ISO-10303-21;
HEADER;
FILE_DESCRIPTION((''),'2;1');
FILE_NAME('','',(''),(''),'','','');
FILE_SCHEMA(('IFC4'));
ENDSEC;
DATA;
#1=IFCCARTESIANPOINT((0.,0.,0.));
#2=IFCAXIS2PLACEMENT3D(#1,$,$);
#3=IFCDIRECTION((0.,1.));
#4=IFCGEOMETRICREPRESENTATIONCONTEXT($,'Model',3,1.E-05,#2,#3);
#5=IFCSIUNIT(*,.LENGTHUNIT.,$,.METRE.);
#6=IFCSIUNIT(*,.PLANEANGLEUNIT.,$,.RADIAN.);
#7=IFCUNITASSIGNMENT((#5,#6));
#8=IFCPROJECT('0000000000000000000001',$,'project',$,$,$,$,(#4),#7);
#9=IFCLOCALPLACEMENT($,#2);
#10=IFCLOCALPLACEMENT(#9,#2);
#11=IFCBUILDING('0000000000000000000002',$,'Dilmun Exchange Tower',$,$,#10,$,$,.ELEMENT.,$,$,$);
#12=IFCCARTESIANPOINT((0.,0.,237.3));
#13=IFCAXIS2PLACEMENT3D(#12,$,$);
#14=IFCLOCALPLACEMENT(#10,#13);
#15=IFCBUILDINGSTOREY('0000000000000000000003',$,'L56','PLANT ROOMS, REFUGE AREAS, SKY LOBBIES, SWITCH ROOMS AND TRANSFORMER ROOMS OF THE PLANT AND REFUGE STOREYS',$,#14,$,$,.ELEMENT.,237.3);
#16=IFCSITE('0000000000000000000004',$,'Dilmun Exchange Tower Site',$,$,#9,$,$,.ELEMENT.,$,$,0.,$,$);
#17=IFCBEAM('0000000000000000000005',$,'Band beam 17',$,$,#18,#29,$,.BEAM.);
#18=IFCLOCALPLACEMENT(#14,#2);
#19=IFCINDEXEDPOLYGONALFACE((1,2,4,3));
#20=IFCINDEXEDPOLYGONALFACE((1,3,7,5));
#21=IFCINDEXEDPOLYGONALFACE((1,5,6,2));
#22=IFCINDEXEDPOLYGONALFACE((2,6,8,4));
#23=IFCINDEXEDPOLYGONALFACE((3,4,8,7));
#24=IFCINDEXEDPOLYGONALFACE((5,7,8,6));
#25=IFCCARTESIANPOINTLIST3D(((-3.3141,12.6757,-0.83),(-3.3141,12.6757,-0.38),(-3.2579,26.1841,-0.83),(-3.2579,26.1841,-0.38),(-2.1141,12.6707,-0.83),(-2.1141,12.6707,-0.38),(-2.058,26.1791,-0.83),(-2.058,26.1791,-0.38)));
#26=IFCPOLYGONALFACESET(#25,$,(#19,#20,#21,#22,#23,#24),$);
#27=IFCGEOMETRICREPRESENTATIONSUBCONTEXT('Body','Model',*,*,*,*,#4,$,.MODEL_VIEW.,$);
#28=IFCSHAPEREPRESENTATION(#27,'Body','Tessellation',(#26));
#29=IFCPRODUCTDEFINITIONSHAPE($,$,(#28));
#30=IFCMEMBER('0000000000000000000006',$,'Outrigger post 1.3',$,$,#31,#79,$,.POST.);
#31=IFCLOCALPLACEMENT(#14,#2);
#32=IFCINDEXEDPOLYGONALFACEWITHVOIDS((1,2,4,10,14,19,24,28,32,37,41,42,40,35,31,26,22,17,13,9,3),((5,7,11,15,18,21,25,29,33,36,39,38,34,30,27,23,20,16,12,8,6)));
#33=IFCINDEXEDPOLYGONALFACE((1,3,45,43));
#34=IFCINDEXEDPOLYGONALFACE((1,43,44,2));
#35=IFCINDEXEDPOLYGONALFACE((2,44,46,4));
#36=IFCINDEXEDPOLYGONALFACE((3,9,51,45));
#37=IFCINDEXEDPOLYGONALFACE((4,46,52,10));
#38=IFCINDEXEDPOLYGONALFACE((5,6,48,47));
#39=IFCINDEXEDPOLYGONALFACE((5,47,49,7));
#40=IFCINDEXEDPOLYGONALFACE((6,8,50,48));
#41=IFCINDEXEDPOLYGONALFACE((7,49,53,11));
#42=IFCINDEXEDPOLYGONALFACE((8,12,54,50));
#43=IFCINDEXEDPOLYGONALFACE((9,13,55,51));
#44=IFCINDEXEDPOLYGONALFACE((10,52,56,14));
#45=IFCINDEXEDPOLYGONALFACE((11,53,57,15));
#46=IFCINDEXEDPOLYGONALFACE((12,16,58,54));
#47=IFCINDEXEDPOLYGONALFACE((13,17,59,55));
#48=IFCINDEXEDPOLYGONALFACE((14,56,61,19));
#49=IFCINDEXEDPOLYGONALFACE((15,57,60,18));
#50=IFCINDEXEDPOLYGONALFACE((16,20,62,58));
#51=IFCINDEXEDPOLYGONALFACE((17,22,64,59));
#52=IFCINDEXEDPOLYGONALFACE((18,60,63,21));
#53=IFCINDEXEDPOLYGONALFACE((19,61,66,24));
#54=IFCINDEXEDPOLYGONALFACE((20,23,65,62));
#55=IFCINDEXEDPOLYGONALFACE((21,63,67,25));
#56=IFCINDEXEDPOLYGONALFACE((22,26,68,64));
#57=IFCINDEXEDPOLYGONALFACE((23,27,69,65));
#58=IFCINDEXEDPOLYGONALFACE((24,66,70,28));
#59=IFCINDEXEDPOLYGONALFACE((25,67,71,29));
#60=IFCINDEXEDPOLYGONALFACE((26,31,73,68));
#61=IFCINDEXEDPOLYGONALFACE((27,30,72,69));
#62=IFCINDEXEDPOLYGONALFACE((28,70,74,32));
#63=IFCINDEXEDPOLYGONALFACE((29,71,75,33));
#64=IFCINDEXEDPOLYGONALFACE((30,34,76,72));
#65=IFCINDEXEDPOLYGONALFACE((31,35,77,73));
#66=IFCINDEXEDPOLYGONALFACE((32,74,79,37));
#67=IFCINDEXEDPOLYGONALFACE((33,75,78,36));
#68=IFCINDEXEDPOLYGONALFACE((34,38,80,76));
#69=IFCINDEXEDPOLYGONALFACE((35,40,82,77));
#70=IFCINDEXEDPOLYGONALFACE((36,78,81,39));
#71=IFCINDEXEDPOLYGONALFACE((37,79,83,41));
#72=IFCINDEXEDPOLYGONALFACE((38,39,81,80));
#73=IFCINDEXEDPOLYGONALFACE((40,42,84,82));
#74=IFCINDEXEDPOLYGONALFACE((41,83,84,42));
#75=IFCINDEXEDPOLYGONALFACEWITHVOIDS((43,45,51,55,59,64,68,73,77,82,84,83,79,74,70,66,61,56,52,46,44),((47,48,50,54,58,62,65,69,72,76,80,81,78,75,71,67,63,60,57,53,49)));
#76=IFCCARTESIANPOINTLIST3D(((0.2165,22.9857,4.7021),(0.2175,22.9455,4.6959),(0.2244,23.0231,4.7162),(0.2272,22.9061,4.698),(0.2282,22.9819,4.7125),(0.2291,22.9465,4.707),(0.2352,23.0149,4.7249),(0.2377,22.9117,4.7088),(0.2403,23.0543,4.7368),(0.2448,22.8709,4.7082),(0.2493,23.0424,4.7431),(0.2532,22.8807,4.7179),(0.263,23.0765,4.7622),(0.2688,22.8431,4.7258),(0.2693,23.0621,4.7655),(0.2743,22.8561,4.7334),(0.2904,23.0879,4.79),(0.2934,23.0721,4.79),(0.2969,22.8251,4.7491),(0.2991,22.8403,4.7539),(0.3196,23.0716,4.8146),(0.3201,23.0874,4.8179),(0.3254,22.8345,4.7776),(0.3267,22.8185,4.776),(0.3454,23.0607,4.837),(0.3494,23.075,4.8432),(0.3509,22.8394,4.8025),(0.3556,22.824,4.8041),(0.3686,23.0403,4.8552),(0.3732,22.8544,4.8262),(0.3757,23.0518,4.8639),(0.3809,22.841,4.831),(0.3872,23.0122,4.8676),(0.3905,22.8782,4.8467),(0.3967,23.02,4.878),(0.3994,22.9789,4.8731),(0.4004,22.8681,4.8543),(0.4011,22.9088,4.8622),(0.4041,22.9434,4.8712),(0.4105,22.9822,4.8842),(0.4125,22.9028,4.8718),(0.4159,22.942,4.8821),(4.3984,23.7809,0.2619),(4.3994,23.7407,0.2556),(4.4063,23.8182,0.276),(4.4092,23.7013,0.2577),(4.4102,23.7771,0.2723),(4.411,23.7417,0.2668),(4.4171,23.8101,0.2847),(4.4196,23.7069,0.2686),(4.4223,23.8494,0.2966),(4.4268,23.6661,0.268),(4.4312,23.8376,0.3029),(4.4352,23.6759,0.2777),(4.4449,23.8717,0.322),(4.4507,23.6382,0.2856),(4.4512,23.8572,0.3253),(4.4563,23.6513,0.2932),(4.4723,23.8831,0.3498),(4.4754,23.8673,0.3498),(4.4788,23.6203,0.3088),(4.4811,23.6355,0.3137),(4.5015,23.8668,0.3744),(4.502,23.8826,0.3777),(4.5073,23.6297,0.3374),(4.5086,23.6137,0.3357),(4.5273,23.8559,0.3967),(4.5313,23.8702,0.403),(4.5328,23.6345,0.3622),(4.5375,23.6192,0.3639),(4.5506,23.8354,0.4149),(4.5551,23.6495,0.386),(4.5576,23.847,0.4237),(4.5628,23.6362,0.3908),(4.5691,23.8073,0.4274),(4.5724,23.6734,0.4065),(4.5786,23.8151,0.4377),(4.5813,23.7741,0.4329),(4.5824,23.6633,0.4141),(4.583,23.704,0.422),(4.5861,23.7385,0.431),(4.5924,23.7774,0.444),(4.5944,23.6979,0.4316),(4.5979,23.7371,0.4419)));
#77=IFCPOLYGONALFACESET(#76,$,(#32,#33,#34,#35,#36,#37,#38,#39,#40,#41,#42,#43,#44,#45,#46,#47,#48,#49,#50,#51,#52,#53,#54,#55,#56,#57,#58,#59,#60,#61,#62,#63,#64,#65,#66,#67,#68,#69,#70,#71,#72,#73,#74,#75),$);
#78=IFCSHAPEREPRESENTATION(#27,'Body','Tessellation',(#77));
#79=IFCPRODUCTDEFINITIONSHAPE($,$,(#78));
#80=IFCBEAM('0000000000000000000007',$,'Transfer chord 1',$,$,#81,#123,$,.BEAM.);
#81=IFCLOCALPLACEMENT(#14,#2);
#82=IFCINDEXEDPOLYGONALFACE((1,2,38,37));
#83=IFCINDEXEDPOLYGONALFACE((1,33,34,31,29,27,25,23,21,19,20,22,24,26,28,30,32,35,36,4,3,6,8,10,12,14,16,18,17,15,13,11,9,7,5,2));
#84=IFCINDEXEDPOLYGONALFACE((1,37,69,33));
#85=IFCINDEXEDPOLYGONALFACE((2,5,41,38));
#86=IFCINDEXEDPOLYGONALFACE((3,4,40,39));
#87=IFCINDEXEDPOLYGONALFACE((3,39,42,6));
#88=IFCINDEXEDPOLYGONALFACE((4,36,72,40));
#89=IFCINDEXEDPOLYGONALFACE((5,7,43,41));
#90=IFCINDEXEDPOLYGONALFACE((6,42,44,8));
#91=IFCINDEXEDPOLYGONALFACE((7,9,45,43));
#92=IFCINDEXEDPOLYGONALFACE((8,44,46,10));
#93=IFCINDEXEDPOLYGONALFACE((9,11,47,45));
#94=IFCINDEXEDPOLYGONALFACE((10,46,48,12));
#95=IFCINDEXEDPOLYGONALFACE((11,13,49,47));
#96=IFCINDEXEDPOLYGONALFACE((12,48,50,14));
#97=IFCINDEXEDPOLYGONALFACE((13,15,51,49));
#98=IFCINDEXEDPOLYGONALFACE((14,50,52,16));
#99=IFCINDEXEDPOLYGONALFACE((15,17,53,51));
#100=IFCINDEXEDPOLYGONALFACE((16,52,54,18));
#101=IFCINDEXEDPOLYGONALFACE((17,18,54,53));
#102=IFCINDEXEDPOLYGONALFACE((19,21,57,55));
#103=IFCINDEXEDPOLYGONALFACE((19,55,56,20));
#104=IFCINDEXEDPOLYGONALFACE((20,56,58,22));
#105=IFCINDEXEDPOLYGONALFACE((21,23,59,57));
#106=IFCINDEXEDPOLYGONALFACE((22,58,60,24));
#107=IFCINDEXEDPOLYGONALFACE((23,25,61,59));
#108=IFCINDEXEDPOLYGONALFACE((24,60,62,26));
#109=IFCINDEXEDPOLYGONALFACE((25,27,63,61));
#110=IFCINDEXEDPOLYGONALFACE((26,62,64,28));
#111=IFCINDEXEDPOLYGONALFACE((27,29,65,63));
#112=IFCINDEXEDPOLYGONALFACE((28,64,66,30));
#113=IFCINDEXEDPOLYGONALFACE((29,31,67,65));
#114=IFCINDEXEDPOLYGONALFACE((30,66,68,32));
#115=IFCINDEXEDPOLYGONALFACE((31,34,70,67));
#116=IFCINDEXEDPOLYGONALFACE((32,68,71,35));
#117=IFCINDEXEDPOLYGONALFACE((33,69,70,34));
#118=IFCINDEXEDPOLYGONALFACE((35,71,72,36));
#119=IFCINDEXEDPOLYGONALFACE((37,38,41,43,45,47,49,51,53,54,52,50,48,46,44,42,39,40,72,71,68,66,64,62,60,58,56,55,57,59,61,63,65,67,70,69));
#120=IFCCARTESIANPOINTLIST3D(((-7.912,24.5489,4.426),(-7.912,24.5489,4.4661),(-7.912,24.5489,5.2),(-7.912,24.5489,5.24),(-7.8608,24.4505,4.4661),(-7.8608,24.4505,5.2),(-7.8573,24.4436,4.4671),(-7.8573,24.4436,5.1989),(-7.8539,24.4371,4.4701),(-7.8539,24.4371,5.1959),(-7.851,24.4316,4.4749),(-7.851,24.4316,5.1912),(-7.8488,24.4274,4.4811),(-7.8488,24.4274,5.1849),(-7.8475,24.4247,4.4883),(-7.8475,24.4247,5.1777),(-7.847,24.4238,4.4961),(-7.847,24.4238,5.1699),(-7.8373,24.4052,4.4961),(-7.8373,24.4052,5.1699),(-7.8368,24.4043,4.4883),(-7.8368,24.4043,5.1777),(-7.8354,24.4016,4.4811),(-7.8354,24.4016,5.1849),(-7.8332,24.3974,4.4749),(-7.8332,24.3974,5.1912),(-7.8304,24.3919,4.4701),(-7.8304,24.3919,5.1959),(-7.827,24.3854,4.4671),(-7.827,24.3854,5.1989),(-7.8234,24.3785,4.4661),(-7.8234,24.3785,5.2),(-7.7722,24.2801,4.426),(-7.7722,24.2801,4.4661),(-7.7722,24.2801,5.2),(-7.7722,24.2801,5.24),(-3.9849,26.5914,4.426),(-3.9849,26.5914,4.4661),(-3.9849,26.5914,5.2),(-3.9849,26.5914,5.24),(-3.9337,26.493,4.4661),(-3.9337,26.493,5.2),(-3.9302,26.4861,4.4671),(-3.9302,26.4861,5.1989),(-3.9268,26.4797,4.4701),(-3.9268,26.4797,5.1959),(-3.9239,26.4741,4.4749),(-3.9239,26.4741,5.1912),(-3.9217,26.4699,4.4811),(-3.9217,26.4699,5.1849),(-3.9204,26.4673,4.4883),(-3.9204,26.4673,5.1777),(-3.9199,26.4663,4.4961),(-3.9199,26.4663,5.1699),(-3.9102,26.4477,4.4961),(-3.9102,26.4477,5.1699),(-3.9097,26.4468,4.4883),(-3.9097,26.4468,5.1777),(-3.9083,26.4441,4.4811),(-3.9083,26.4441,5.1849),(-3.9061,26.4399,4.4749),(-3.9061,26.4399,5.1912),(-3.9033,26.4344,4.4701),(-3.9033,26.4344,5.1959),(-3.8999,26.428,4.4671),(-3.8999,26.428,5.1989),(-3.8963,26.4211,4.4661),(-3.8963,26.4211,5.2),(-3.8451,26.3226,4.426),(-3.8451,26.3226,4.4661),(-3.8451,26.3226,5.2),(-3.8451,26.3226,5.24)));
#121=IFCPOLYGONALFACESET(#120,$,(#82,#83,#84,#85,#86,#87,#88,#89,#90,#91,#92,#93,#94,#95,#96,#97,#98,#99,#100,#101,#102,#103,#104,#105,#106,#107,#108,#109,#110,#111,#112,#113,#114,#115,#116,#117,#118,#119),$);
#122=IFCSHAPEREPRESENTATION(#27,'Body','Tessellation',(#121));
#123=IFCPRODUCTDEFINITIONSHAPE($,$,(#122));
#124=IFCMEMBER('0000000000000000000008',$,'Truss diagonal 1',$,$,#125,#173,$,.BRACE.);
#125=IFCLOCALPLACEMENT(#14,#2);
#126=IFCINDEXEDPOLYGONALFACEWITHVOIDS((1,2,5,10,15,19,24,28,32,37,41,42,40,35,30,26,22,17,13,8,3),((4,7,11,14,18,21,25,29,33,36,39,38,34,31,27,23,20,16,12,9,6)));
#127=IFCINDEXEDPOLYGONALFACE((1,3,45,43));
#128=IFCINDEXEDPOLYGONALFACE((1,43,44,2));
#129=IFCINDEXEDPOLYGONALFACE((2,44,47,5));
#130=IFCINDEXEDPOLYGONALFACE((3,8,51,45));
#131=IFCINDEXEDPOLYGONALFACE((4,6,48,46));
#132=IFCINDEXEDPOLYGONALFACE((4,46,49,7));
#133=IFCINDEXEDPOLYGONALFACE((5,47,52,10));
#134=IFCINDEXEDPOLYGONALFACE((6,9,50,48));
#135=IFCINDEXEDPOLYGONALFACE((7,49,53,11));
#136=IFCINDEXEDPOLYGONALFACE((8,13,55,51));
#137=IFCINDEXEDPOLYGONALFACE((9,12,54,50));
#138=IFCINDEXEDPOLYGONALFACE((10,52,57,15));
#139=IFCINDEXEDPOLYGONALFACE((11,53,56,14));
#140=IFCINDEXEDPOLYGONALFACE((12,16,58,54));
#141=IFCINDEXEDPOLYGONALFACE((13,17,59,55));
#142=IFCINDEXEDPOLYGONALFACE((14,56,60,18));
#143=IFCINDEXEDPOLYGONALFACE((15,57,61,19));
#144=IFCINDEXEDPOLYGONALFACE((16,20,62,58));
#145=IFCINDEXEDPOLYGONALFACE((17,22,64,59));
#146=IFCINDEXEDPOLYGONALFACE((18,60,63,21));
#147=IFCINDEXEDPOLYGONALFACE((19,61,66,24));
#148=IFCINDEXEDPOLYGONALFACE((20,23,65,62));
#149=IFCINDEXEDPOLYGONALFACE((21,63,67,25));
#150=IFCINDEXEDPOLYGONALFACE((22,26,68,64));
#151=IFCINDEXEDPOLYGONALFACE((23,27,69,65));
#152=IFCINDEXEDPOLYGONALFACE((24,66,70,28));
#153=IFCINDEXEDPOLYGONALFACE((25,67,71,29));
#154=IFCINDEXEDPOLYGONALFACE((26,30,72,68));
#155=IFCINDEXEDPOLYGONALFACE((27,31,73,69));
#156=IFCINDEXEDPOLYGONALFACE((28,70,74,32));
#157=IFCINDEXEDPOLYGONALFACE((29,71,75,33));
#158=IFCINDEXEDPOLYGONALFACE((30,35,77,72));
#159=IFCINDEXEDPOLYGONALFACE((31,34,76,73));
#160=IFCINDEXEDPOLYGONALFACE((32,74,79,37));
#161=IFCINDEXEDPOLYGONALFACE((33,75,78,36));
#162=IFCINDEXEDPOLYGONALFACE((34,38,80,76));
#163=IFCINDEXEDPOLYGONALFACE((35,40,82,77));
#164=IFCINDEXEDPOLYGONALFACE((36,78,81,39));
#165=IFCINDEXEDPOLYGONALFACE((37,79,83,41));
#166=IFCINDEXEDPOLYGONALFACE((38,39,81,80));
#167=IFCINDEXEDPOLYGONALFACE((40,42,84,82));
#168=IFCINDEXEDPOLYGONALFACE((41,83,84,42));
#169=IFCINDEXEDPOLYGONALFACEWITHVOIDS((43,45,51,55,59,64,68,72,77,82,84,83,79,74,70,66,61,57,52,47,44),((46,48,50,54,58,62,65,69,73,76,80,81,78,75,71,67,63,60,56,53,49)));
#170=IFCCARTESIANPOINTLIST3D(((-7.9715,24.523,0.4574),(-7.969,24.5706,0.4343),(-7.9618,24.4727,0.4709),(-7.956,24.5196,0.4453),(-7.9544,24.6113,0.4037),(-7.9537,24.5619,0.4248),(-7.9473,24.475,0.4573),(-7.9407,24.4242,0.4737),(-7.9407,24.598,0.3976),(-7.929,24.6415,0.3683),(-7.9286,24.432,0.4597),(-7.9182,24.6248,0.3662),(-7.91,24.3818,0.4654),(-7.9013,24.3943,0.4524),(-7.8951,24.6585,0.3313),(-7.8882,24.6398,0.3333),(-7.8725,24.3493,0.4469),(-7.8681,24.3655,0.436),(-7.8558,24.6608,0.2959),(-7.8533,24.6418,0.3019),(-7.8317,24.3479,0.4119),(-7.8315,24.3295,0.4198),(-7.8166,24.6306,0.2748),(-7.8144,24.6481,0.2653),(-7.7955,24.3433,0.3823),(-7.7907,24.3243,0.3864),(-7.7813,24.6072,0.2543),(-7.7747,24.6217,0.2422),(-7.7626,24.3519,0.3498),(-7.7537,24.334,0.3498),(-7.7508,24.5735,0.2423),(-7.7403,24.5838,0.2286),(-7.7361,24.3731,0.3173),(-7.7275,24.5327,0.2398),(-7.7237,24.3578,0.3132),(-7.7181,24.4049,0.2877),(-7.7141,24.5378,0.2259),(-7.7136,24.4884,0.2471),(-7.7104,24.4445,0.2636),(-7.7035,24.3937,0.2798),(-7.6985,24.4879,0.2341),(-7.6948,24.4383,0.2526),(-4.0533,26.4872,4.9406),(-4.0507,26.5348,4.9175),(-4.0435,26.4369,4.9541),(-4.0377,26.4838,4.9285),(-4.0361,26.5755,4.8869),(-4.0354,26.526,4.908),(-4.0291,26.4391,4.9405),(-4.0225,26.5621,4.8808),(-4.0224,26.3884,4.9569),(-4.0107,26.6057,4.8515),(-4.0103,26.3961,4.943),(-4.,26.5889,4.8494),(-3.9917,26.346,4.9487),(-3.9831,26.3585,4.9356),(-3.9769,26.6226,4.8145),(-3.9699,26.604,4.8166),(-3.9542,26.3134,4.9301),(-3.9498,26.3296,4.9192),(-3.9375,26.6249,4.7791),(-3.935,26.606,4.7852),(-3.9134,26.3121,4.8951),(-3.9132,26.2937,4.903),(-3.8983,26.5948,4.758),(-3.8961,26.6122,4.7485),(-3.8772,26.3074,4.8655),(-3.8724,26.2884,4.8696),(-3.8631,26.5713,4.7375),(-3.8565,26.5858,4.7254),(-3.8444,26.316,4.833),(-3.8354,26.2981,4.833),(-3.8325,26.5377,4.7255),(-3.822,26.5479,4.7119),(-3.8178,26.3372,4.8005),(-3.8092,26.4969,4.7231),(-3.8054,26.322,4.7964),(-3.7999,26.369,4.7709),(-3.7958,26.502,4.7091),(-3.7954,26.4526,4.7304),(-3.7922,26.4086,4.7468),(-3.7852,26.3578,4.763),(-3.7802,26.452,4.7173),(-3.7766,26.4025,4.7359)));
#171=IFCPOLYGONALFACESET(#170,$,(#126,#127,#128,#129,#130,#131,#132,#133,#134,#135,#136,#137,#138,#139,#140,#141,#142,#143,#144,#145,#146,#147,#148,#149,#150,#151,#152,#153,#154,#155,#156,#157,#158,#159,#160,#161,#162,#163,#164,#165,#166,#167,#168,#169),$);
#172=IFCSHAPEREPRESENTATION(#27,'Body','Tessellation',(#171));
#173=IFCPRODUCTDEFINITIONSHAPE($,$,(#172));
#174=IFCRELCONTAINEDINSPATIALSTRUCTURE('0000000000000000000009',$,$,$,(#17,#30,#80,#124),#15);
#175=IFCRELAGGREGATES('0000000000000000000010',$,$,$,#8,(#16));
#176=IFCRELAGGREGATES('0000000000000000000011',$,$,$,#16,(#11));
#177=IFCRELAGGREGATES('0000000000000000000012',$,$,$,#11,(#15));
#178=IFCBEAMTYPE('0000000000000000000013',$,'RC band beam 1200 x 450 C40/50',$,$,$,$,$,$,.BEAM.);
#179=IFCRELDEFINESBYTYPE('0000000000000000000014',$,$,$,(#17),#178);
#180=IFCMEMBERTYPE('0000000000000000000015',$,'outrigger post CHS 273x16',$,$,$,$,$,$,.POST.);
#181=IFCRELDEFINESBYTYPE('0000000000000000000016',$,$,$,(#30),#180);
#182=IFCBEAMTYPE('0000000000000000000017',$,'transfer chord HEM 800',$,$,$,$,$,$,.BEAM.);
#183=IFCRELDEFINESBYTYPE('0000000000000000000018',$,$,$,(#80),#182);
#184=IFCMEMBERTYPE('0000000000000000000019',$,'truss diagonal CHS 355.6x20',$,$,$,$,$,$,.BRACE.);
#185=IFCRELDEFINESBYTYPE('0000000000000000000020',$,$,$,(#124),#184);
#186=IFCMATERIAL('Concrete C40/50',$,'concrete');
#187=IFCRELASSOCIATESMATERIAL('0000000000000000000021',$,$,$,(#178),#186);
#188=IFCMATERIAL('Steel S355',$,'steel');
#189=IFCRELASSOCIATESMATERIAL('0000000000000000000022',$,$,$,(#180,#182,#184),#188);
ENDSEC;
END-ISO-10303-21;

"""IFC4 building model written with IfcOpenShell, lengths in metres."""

from ifc_helpers import new_model, si_unit, direction, frame, origin, origin_2d, place, context, subcontext, project, spatial, rectangle, hollow_circle, i_section, extrude, material, material_profile, profile_set, type_object, element, save


model = new_model("IFC4")

# Units and contexts
model_context = context("Model", 3, precision=1e-05, world=origin(), true_north=direction((0.0, 1.0)))
body_context = subcontext(model_context, "Body", "Model", "MODEL_VIEW")
ifc_project = project(units=[si_unit("LENGTHUNIT", "METRE"), si_unit("PLANEANGLEUNIT", "RADIAN")], contexts=[model_context])

# Site, building, storey
site_placement = place(None, origin())
site = spatial("IfcSite", under=ifc_project, at=site_placement, Name="Dilmun Exchange Tower Site", CompositionType="ELEMENT", RefElevation=0.0)
building_placement = place(site_placement, origin())
building = spatial("IfcBuilding", under=site, at=building_placement, Name="Dilmun Exchange Tower", CompositionType="ELEMENT")
storey_placement = place(building_placement, frame((0.0, 0.0, 237.3)))
storey = spatial("IfcBuildingStorey", under=building, at=storey_placement, Name="L56", Description="PLANT ROOMS, REFUGE AREAS, SKY LOBBIES, SWITCH ROOMS AND TRANSFORMER ROOMS OF THE PLANT AND REFUGE STOREYS", CompositionType="ELEMENT", Elevation=237.3)

# Beam
ifc_material_1 = material(Name="Concrete C40/50", Category="concrete")
ifc_material_profile_1 = material_profile(ifc_material_1, rectangle(XDim=1.2, YDim=0.45, at=origin_2d()), Name="1200 x 450")
ifc_profile_set_1 = profile_set([ifc_material_profile_1], Name="Concrete C40/50")
beam_type_1 = type_object("IfcBeamType", Name="RC band beam 1200 x 450 C40/50", PredefinedType="BEAM", material=ifc_profile_set_1)
beam_1_placement = place(storey_placement, frame((-2.658, 26.1816, -0.605), z_axis=(-0.004157, -0.999991, 0.0), x_axis=(0.999991, -0.004157, 0.0)))
element("IfcBeam", 1, at=beam_1_placement, inside=storey, type_object=beam_type_1, Name="Band beam 17", PredefinedType="BEAM", context=body_context, shape_type="SweptSolid", body=[
    extrude(rectangle(XDim=1.2, YDim=0.45, at=origin_2d()), origin(), (0.0, 0.0, 1.0), 13.5085),
])

# Member
ifc_material_2 = material(Name="Steel S355", Category="steel")
ifc_material_profile_2 = material_profile(ifc_material_2, hollow_circle(Radius=0.1365, WallThickness=0.0161, at=origin_2d()), Name="CHS 273x16")
ifc_profile_set_2 = profile_set([ifc_material_profile_2], Name="Steel S355")
member_type_1 = type_object("IfcMemberType", Name="outrigger post CHS 273x16", PredefinedType="POST", material=ifc_profile_set_2)
member_1_placement = place(storey_placement, frame((0.3159, 22.9539, 4.79), z_axis=(0.679863, 0.129273, -0.721855), x_axis=(-0.186798, 0.982398, 0.0)))
element("IfcMember", 2, at=member_1_placement, inside=storey, type_object=member_type_1, Name="Outrigger post 1.3", PredefinedType="POST", context=body_context, shape_type="SweptSolid", body=[
    extrude(hollow_circle(Radius=0.1365, WallThickness=0.0161, at=origin_2d()), origin(), (0.0, 0.0, 1.0), 6.1511),
])

# Beam
ifc_material_profile_3 = material_profile(ifc_material_2, i_section(OverallWidth=0.303, OverallDepth=0.814, WebThickness=0.021, FlangeThickness=0.04, FilletRadius=0.03, at=origin_2d()), Name="HEM 800")
ifc_profile_set_3 = profile_set([ifc_material_profile_3], Name="Steel S355")
beam_type_2 = type_object("IfcBeamType", Name="transfer chord HEM 800", PredefinedType="BEAM", material=ifc_profile_set_3)
beam_2_placement = place(storey_placement, frame((-3.915, 26.457, 4.833), z_axis=(-0.887176, -0.461431, 0.0), x_axis=(0.461431, -0.887176, 0.0)))
element("IfcBeam", 3, at=beam_2_placement, inside=storey, type_object=beam_type_2, Name="Transfer chord 1", PredefinedType="BEAM", context=body_context, shape_type="SweptSolid", body=[
    extrude(i_section(OverallWidth=0.303, OverallDepth=0.814, WebThickness=0.021, FlangeThickness=0.04, FilletRadius=0.03, at=origin_2d()), origin(), (0.0, 0.0, 1.0), 4.4265),
])

# Member
ifc_material_profile_4 = material_profile(ifc_material_2, hollow_circle(Radius=0.1777, WallThickness=0.02, at=origin_2d()), Name="CHS 355.6x20")
ifc_profile_set_4 = profile_set([ifc_material_profile_4], Name="Steel S355")
member_type_2 = type_object("IfcMemberType", Name="truss diagonal CHS 355.6x20", PredefinedType="BRACE", material=ifc_profile_set_4)
member_2_placement = place(storey_placement, frame((-3.915, 26.457, 4.833), z_axis=(-0.624947, -0.313272, -0.715054), x_axis=(0.448127, -0.89397, 0.0)))
element("IfcMember", 4, at=member_2_placement, inside=storey, type_object=member_type_2, Name="Truss diagonal 1", PredefinedType="BRACE", context=body_context, shape_type="SweptSolid", body=[
    extrude(hollow_circle(Radius=0.1777, WallThickness=0.02, at=origin_2d()), origin(), (0.0, 0.0, 1.0), 6.2698),
])

save(model, "model.ifc")
